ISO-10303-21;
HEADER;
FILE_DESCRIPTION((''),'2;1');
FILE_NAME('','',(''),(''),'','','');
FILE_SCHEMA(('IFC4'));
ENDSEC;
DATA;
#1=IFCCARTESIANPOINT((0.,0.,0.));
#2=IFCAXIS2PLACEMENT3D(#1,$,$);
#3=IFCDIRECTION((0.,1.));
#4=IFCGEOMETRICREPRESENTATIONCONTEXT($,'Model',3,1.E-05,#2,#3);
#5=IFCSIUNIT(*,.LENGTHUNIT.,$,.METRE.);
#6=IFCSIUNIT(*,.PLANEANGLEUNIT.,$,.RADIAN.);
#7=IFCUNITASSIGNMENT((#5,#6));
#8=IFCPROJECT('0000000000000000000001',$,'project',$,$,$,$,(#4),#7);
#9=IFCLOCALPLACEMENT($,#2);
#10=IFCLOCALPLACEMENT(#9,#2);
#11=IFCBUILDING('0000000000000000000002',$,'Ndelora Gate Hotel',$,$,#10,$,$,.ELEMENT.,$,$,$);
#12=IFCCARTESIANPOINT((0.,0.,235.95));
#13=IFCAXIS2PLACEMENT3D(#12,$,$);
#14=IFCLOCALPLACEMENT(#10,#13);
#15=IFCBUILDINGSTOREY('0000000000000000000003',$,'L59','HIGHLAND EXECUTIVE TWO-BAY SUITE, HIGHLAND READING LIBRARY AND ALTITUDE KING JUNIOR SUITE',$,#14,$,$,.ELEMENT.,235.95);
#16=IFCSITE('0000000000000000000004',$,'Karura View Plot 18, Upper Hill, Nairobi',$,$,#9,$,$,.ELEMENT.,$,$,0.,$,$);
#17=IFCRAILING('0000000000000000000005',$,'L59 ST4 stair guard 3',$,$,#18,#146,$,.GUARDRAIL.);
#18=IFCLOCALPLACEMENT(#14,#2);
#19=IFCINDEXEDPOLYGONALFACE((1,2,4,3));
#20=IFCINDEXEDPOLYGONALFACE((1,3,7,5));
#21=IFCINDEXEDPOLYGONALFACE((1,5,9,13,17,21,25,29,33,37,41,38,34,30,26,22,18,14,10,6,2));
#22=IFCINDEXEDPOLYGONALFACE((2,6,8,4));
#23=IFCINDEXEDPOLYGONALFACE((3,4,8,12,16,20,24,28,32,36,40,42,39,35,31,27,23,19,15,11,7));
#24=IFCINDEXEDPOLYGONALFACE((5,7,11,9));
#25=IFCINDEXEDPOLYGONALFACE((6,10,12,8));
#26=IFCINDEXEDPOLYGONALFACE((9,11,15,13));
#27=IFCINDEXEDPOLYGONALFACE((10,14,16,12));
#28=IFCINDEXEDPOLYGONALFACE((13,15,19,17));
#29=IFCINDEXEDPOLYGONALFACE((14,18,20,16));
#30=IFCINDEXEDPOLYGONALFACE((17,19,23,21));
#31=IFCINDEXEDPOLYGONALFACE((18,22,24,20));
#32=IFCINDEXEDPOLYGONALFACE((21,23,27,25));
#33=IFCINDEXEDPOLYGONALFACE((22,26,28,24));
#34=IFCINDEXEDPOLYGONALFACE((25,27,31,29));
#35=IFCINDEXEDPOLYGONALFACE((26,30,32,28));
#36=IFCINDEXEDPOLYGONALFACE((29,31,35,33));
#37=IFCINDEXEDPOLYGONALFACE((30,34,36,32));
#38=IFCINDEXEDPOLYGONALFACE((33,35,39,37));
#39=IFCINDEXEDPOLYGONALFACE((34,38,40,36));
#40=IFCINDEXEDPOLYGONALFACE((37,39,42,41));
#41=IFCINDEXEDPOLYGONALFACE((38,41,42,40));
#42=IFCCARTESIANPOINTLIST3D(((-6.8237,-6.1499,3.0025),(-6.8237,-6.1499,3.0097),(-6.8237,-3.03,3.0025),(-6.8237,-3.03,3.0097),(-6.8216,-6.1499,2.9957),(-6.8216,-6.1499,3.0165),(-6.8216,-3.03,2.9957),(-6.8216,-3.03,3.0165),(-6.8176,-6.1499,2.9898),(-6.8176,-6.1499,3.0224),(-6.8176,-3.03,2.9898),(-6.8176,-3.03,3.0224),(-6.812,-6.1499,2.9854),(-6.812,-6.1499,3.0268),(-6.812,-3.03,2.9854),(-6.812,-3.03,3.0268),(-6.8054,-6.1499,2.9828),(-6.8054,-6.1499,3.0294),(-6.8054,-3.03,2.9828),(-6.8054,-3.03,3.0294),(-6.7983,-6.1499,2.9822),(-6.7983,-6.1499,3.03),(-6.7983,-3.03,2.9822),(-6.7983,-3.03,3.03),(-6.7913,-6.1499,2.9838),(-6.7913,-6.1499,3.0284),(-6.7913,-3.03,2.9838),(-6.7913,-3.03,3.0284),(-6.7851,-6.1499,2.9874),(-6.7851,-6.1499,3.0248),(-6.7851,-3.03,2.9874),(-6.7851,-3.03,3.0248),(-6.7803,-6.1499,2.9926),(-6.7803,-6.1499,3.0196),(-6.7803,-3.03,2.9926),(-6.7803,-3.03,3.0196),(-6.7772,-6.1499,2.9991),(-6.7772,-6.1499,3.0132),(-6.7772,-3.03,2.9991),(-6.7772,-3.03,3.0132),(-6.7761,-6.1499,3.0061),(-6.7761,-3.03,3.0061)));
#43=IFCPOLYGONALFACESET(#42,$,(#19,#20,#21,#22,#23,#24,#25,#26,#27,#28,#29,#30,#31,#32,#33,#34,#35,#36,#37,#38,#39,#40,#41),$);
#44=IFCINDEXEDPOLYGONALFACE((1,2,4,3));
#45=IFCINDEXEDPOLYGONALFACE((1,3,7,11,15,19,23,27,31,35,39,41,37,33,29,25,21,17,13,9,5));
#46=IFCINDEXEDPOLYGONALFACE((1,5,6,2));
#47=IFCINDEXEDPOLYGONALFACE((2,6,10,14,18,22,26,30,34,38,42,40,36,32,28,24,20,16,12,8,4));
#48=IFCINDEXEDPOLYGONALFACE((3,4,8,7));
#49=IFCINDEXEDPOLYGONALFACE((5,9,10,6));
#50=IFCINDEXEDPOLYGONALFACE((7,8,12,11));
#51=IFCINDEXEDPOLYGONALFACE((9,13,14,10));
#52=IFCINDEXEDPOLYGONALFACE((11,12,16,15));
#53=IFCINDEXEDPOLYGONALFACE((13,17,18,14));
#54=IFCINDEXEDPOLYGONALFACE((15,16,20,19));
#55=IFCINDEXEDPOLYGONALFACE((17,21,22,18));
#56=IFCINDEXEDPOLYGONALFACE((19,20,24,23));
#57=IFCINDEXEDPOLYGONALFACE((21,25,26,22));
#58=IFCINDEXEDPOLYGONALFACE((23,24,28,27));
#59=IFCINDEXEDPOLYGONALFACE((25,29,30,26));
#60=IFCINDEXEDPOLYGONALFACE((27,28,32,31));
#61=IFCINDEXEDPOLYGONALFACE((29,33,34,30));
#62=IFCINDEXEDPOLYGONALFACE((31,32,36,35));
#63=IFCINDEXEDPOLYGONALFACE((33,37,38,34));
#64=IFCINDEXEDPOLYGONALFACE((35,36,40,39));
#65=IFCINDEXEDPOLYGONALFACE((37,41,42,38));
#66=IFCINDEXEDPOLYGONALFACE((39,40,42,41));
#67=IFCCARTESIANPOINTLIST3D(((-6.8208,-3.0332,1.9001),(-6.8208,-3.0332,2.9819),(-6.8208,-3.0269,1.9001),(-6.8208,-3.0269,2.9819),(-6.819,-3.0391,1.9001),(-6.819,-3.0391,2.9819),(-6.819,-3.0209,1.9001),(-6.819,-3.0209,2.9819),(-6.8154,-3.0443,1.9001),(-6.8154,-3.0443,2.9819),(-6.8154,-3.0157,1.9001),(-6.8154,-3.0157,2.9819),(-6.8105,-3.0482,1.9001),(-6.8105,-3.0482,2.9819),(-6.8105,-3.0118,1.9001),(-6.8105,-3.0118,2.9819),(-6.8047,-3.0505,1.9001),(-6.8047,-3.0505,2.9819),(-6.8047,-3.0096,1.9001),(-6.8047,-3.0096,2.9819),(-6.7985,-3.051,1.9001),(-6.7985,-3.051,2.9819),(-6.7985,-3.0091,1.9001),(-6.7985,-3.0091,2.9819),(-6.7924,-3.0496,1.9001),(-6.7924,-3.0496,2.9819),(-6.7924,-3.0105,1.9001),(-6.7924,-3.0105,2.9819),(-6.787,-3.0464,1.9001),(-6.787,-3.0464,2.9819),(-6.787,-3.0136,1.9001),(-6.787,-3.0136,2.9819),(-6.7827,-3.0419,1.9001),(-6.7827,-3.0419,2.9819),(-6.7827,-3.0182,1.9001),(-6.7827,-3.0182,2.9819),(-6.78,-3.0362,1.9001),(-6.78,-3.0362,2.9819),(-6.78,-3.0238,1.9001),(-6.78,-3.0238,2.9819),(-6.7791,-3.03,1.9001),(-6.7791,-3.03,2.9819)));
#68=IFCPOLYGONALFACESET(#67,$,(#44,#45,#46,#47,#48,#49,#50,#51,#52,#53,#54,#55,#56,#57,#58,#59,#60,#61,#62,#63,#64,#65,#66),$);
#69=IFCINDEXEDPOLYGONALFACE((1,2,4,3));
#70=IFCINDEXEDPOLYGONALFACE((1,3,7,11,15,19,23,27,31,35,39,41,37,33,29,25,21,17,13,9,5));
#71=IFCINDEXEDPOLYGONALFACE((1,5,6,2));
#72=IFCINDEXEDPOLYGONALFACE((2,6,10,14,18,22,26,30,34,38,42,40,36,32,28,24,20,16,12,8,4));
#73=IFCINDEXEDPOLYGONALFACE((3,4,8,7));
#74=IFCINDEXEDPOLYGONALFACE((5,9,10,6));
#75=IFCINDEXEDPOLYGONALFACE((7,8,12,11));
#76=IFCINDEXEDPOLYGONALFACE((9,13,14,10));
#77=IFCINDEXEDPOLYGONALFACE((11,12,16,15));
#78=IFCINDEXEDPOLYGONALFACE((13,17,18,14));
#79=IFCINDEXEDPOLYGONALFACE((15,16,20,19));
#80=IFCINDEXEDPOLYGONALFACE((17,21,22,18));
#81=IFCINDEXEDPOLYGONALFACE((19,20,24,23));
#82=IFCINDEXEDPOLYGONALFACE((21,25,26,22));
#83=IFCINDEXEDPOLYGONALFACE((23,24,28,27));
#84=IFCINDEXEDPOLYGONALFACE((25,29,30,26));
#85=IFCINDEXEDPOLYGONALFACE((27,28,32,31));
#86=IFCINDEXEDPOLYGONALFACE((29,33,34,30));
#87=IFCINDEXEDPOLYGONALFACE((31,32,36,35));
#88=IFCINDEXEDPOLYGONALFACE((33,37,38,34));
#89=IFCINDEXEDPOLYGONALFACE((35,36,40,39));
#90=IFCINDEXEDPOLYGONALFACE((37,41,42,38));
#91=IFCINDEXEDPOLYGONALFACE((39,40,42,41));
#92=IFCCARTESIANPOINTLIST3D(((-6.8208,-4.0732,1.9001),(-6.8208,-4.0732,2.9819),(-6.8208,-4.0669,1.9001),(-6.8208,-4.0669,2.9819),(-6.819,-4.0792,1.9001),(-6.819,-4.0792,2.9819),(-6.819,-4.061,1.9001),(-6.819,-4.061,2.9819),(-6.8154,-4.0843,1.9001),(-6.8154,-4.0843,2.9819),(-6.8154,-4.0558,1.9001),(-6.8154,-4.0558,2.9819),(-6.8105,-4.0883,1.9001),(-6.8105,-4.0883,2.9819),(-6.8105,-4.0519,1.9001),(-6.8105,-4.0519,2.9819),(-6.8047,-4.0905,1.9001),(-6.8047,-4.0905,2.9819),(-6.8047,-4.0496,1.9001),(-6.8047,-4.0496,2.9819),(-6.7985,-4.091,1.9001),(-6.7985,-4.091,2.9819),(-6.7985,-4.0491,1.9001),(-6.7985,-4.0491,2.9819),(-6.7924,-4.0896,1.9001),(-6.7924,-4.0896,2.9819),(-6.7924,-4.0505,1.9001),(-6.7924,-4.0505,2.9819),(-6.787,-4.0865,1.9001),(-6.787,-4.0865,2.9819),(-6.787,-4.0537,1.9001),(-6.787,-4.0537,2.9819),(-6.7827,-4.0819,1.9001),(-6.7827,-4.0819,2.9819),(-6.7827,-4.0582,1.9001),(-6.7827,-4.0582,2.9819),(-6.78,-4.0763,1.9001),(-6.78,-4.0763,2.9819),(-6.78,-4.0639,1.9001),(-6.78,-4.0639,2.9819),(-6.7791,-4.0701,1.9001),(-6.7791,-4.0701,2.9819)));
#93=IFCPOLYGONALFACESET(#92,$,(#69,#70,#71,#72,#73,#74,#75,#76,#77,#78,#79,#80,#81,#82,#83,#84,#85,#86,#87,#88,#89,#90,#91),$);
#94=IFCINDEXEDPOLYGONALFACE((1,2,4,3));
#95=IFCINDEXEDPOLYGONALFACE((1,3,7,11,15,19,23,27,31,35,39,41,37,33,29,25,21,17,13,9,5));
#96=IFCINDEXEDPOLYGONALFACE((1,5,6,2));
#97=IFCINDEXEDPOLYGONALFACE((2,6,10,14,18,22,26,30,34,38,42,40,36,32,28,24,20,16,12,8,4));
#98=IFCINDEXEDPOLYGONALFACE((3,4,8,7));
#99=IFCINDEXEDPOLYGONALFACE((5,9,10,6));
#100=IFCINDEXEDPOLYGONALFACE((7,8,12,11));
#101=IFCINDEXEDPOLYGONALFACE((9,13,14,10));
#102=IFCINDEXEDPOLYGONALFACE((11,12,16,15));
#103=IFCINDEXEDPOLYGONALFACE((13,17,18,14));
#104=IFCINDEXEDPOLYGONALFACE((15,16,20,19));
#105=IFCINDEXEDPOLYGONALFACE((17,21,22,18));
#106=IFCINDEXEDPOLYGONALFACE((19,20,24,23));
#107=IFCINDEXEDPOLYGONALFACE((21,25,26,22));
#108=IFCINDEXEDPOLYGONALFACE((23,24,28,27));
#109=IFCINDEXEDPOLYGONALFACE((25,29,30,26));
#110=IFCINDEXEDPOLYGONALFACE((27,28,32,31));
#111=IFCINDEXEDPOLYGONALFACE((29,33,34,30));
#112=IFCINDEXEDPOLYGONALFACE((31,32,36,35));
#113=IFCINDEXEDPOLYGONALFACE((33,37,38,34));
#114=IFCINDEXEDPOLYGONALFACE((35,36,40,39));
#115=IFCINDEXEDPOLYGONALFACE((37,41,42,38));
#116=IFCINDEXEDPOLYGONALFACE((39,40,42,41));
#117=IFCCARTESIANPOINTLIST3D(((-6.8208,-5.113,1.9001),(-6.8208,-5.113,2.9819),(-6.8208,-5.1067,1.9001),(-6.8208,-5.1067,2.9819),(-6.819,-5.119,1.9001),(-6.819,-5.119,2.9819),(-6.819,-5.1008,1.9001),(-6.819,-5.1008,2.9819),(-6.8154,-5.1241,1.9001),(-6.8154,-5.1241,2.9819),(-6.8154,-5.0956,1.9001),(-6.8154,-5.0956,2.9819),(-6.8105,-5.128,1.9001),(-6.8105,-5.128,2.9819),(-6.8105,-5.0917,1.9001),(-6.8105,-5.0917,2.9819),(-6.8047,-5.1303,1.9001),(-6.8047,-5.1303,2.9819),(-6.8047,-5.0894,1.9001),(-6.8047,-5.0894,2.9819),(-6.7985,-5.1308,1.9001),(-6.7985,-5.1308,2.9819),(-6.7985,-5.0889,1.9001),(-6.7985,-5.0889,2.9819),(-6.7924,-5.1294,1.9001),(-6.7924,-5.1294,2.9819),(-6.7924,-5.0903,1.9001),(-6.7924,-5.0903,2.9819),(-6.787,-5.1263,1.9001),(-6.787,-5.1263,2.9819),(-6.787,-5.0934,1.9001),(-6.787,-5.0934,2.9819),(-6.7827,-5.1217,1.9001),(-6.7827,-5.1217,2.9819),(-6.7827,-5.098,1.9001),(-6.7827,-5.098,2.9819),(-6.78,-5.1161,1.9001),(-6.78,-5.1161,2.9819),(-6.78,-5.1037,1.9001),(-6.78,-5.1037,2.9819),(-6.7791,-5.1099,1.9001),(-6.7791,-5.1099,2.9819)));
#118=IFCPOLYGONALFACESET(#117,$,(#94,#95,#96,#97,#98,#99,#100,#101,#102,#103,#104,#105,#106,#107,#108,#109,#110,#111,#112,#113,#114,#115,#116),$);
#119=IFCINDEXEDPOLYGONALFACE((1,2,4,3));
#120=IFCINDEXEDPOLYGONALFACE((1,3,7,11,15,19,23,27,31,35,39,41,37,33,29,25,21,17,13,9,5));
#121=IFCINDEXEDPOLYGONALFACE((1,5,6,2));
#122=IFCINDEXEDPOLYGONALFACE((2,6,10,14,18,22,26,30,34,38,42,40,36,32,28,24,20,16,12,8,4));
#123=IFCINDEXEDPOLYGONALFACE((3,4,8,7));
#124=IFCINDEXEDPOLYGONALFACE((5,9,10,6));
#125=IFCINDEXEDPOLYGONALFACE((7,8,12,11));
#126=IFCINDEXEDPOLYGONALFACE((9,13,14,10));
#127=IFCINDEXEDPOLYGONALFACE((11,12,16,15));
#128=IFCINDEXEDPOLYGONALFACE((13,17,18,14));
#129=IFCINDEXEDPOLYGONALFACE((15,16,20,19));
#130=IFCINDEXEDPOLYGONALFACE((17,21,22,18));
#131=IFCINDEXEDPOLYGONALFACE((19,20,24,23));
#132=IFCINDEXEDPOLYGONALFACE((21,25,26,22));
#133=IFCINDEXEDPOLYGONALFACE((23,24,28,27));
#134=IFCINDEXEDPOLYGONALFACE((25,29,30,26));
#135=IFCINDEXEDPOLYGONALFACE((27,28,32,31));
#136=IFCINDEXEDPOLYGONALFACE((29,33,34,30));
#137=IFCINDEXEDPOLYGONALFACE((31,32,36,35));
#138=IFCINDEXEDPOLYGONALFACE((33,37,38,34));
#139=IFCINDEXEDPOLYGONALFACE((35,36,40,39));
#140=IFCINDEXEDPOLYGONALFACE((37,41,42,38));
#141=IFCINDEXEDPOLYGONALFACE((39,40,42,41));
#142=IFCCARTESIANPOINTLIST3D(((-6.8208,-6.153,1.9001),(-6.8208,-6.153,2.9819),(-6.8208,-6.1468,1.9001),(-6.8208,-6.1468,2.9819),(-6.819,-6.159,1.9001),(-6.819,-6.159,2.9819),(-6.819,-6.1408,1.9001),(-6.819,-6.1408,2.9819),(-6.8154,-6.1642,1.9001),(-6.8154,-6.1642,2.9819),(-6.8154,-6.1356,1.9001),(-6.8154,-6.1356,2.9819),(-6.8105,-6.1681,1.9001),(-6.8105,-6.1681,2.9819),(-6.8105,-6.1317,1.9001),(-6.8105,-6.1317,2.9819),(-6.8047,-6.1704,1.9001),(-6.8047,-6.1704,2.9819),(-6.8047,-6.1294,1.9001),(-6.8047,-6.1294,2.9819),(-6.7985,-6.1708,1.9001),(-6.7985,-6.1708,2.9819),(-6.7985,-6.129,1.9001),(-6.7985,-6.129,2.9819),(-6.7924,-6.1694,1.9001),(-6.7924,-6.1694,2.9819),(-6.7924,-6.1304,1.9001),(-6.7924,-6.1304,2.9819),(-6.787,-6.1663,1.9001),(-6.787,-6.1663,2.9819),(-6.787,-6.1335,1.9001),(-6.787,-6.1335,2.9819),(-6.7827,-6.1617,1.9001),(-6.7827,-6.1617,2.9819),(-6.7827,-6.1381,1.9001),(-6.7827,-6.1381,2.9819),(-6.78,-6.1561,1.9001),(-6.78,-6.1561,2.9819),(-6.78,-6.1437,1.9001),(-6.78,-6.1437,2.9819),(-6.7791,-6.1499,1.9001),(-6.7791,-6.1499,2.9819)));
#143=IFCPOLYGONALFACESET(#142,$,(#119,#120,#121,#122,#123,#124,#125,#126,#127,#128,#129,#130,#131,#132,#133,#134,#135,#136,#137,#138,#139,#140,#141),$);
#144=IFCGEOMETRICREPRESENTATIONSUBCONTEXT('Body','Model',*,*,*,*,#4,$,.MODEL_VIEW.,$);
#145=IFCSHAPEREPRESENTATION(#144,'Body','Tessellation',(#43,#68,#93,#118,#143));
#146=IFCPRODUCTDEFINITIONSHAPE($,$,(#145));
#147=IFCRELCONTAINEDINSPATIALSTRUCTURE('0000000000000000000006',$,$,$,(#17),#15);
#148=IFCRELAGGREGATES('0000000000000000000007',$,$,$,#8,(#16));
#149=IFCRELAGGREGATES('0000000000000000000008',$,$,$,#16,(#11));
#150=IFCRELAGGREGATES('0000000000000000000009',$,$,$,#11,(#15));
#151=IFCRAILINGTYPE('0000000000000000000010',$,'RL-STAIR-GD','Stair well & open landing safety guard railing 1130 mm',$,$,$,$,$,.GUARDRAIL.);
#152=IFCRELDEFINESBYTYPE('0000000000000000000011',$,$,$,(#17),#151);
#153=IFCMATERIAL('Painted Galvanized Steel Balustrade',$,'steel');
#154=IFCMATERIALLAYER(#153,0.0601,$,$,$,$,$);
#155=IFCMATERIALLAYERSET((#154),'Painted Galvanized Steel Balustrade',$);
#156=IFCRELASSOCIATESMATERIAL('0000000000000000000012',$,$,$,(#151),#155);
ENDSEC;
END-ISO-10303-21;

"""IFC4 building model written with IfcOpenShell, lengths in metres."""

from ifc_helpers import new_model, si_unit, direction, frame, origin, origin_2d, place, context, subcontext, project, spatial, circle, extrude, material, layer, layer_set, type_object, element, save


model = new_model("IFC4")

# Units and contexts
model_context = context("Model", 3, precision=1e-05, world=origin(), true_north=direction((0.0, 1.0)))
body_context = subcontext(model_context, "Body", "Model", "MODEL_VIEW")
ifc_project = project(units=[si_unit("LENGTHUNIT", "METRE"), si_unit("PLANEANGLEUNIT", "RADIAN")], contexts=[model_context])

# Site, building, storey
site_placement = place(None, origin())
site = spatial("IfcSite", under=ifc_project, at=site_placement, Name="Karura View Plot 18, Upper Hill, Nairobi", CompositionType="ELEMENT", RefElevation=0.0)
building_placement = place(site_placement, origin())
building = spatial("IfcBuilding", under=site, at=building_placement, Name="Ndelora Gate Hotel", CompositionType="ELEMENT")
storey_placement = place(building_placement, frame((0.0, 0.0, 235.95)))
storey = spatial("IfcBuildingStorey", under=building, at=storey_placement, Name="L59", Description="HIGHLAND EXECUTIVE TWO-BAY SUITE, HIGHLAND READING LIBRARY AND ALTITUDE KING JUNIOR SUITE", CompositionType="ELEMENT", Elevation=235.95)

# Railing
ifc_material_1 = material(Name="Painted Galvanized Steel Balustrade", Category="steel")
ifc_layer_1 = layer(ifc_material_1, 0.0601)
ifc_layer_set_1 = layer_set([ifc_layer_1], Name="Painted Galvanized Steel Balustrade")
railing_type = type_object("IfcRailingType", Name="RL-STAIR-GD", Description="Stair well & open landing safety guard railing 1130 mm", PredefinedType="GUARDRAIL", material=ifc_layer_set_1)
for number, where, name in (
    (1, (-6.8, -3.03, 1.9001), "L59 ST4 stair guard 3"),
):
    element("IfcRailing", number, at=place(storey_placement, frame(where)), inside=storey, type_object=railing_type, Name=name, PredefinedType="GUARDRAIL", context=body_context, shape_type="SweptSolid", body=[
        extrude(circle(Radius=0.0239, at=origin_2d()), frame((0.0, 0.0, 1.106), z_axis=(0.0, -1.0, 0.0), x_axis=(1.0, 0.0, 0.0)), (0.0, 0.0, 1.0), 3.1199),
        extrude(circle(Radius=0.021, at=origin_2d()), origin(), (0.0, 0.0, 1.0), 1.0818),
        extrude(circle(Radius=0.021, at=origin_2d()), frame((0.0, -1.04, 0.0)), (0.0, 0.0, 1.0), 1.0818),
        extrude(circle(Radius=0.021, at=origin_2d()), frame((0.0, -2.0798, 0.0)), (0.0, 0.0, 1.0), 1.0818),
        extrude(circle(Radius=0.021, at=origin_2d()), frame((0.0, -3.1199, 0.0)), (0.0, 0.0, 1.0), 1.0818),
    ])

save(model, "model.ifc")
